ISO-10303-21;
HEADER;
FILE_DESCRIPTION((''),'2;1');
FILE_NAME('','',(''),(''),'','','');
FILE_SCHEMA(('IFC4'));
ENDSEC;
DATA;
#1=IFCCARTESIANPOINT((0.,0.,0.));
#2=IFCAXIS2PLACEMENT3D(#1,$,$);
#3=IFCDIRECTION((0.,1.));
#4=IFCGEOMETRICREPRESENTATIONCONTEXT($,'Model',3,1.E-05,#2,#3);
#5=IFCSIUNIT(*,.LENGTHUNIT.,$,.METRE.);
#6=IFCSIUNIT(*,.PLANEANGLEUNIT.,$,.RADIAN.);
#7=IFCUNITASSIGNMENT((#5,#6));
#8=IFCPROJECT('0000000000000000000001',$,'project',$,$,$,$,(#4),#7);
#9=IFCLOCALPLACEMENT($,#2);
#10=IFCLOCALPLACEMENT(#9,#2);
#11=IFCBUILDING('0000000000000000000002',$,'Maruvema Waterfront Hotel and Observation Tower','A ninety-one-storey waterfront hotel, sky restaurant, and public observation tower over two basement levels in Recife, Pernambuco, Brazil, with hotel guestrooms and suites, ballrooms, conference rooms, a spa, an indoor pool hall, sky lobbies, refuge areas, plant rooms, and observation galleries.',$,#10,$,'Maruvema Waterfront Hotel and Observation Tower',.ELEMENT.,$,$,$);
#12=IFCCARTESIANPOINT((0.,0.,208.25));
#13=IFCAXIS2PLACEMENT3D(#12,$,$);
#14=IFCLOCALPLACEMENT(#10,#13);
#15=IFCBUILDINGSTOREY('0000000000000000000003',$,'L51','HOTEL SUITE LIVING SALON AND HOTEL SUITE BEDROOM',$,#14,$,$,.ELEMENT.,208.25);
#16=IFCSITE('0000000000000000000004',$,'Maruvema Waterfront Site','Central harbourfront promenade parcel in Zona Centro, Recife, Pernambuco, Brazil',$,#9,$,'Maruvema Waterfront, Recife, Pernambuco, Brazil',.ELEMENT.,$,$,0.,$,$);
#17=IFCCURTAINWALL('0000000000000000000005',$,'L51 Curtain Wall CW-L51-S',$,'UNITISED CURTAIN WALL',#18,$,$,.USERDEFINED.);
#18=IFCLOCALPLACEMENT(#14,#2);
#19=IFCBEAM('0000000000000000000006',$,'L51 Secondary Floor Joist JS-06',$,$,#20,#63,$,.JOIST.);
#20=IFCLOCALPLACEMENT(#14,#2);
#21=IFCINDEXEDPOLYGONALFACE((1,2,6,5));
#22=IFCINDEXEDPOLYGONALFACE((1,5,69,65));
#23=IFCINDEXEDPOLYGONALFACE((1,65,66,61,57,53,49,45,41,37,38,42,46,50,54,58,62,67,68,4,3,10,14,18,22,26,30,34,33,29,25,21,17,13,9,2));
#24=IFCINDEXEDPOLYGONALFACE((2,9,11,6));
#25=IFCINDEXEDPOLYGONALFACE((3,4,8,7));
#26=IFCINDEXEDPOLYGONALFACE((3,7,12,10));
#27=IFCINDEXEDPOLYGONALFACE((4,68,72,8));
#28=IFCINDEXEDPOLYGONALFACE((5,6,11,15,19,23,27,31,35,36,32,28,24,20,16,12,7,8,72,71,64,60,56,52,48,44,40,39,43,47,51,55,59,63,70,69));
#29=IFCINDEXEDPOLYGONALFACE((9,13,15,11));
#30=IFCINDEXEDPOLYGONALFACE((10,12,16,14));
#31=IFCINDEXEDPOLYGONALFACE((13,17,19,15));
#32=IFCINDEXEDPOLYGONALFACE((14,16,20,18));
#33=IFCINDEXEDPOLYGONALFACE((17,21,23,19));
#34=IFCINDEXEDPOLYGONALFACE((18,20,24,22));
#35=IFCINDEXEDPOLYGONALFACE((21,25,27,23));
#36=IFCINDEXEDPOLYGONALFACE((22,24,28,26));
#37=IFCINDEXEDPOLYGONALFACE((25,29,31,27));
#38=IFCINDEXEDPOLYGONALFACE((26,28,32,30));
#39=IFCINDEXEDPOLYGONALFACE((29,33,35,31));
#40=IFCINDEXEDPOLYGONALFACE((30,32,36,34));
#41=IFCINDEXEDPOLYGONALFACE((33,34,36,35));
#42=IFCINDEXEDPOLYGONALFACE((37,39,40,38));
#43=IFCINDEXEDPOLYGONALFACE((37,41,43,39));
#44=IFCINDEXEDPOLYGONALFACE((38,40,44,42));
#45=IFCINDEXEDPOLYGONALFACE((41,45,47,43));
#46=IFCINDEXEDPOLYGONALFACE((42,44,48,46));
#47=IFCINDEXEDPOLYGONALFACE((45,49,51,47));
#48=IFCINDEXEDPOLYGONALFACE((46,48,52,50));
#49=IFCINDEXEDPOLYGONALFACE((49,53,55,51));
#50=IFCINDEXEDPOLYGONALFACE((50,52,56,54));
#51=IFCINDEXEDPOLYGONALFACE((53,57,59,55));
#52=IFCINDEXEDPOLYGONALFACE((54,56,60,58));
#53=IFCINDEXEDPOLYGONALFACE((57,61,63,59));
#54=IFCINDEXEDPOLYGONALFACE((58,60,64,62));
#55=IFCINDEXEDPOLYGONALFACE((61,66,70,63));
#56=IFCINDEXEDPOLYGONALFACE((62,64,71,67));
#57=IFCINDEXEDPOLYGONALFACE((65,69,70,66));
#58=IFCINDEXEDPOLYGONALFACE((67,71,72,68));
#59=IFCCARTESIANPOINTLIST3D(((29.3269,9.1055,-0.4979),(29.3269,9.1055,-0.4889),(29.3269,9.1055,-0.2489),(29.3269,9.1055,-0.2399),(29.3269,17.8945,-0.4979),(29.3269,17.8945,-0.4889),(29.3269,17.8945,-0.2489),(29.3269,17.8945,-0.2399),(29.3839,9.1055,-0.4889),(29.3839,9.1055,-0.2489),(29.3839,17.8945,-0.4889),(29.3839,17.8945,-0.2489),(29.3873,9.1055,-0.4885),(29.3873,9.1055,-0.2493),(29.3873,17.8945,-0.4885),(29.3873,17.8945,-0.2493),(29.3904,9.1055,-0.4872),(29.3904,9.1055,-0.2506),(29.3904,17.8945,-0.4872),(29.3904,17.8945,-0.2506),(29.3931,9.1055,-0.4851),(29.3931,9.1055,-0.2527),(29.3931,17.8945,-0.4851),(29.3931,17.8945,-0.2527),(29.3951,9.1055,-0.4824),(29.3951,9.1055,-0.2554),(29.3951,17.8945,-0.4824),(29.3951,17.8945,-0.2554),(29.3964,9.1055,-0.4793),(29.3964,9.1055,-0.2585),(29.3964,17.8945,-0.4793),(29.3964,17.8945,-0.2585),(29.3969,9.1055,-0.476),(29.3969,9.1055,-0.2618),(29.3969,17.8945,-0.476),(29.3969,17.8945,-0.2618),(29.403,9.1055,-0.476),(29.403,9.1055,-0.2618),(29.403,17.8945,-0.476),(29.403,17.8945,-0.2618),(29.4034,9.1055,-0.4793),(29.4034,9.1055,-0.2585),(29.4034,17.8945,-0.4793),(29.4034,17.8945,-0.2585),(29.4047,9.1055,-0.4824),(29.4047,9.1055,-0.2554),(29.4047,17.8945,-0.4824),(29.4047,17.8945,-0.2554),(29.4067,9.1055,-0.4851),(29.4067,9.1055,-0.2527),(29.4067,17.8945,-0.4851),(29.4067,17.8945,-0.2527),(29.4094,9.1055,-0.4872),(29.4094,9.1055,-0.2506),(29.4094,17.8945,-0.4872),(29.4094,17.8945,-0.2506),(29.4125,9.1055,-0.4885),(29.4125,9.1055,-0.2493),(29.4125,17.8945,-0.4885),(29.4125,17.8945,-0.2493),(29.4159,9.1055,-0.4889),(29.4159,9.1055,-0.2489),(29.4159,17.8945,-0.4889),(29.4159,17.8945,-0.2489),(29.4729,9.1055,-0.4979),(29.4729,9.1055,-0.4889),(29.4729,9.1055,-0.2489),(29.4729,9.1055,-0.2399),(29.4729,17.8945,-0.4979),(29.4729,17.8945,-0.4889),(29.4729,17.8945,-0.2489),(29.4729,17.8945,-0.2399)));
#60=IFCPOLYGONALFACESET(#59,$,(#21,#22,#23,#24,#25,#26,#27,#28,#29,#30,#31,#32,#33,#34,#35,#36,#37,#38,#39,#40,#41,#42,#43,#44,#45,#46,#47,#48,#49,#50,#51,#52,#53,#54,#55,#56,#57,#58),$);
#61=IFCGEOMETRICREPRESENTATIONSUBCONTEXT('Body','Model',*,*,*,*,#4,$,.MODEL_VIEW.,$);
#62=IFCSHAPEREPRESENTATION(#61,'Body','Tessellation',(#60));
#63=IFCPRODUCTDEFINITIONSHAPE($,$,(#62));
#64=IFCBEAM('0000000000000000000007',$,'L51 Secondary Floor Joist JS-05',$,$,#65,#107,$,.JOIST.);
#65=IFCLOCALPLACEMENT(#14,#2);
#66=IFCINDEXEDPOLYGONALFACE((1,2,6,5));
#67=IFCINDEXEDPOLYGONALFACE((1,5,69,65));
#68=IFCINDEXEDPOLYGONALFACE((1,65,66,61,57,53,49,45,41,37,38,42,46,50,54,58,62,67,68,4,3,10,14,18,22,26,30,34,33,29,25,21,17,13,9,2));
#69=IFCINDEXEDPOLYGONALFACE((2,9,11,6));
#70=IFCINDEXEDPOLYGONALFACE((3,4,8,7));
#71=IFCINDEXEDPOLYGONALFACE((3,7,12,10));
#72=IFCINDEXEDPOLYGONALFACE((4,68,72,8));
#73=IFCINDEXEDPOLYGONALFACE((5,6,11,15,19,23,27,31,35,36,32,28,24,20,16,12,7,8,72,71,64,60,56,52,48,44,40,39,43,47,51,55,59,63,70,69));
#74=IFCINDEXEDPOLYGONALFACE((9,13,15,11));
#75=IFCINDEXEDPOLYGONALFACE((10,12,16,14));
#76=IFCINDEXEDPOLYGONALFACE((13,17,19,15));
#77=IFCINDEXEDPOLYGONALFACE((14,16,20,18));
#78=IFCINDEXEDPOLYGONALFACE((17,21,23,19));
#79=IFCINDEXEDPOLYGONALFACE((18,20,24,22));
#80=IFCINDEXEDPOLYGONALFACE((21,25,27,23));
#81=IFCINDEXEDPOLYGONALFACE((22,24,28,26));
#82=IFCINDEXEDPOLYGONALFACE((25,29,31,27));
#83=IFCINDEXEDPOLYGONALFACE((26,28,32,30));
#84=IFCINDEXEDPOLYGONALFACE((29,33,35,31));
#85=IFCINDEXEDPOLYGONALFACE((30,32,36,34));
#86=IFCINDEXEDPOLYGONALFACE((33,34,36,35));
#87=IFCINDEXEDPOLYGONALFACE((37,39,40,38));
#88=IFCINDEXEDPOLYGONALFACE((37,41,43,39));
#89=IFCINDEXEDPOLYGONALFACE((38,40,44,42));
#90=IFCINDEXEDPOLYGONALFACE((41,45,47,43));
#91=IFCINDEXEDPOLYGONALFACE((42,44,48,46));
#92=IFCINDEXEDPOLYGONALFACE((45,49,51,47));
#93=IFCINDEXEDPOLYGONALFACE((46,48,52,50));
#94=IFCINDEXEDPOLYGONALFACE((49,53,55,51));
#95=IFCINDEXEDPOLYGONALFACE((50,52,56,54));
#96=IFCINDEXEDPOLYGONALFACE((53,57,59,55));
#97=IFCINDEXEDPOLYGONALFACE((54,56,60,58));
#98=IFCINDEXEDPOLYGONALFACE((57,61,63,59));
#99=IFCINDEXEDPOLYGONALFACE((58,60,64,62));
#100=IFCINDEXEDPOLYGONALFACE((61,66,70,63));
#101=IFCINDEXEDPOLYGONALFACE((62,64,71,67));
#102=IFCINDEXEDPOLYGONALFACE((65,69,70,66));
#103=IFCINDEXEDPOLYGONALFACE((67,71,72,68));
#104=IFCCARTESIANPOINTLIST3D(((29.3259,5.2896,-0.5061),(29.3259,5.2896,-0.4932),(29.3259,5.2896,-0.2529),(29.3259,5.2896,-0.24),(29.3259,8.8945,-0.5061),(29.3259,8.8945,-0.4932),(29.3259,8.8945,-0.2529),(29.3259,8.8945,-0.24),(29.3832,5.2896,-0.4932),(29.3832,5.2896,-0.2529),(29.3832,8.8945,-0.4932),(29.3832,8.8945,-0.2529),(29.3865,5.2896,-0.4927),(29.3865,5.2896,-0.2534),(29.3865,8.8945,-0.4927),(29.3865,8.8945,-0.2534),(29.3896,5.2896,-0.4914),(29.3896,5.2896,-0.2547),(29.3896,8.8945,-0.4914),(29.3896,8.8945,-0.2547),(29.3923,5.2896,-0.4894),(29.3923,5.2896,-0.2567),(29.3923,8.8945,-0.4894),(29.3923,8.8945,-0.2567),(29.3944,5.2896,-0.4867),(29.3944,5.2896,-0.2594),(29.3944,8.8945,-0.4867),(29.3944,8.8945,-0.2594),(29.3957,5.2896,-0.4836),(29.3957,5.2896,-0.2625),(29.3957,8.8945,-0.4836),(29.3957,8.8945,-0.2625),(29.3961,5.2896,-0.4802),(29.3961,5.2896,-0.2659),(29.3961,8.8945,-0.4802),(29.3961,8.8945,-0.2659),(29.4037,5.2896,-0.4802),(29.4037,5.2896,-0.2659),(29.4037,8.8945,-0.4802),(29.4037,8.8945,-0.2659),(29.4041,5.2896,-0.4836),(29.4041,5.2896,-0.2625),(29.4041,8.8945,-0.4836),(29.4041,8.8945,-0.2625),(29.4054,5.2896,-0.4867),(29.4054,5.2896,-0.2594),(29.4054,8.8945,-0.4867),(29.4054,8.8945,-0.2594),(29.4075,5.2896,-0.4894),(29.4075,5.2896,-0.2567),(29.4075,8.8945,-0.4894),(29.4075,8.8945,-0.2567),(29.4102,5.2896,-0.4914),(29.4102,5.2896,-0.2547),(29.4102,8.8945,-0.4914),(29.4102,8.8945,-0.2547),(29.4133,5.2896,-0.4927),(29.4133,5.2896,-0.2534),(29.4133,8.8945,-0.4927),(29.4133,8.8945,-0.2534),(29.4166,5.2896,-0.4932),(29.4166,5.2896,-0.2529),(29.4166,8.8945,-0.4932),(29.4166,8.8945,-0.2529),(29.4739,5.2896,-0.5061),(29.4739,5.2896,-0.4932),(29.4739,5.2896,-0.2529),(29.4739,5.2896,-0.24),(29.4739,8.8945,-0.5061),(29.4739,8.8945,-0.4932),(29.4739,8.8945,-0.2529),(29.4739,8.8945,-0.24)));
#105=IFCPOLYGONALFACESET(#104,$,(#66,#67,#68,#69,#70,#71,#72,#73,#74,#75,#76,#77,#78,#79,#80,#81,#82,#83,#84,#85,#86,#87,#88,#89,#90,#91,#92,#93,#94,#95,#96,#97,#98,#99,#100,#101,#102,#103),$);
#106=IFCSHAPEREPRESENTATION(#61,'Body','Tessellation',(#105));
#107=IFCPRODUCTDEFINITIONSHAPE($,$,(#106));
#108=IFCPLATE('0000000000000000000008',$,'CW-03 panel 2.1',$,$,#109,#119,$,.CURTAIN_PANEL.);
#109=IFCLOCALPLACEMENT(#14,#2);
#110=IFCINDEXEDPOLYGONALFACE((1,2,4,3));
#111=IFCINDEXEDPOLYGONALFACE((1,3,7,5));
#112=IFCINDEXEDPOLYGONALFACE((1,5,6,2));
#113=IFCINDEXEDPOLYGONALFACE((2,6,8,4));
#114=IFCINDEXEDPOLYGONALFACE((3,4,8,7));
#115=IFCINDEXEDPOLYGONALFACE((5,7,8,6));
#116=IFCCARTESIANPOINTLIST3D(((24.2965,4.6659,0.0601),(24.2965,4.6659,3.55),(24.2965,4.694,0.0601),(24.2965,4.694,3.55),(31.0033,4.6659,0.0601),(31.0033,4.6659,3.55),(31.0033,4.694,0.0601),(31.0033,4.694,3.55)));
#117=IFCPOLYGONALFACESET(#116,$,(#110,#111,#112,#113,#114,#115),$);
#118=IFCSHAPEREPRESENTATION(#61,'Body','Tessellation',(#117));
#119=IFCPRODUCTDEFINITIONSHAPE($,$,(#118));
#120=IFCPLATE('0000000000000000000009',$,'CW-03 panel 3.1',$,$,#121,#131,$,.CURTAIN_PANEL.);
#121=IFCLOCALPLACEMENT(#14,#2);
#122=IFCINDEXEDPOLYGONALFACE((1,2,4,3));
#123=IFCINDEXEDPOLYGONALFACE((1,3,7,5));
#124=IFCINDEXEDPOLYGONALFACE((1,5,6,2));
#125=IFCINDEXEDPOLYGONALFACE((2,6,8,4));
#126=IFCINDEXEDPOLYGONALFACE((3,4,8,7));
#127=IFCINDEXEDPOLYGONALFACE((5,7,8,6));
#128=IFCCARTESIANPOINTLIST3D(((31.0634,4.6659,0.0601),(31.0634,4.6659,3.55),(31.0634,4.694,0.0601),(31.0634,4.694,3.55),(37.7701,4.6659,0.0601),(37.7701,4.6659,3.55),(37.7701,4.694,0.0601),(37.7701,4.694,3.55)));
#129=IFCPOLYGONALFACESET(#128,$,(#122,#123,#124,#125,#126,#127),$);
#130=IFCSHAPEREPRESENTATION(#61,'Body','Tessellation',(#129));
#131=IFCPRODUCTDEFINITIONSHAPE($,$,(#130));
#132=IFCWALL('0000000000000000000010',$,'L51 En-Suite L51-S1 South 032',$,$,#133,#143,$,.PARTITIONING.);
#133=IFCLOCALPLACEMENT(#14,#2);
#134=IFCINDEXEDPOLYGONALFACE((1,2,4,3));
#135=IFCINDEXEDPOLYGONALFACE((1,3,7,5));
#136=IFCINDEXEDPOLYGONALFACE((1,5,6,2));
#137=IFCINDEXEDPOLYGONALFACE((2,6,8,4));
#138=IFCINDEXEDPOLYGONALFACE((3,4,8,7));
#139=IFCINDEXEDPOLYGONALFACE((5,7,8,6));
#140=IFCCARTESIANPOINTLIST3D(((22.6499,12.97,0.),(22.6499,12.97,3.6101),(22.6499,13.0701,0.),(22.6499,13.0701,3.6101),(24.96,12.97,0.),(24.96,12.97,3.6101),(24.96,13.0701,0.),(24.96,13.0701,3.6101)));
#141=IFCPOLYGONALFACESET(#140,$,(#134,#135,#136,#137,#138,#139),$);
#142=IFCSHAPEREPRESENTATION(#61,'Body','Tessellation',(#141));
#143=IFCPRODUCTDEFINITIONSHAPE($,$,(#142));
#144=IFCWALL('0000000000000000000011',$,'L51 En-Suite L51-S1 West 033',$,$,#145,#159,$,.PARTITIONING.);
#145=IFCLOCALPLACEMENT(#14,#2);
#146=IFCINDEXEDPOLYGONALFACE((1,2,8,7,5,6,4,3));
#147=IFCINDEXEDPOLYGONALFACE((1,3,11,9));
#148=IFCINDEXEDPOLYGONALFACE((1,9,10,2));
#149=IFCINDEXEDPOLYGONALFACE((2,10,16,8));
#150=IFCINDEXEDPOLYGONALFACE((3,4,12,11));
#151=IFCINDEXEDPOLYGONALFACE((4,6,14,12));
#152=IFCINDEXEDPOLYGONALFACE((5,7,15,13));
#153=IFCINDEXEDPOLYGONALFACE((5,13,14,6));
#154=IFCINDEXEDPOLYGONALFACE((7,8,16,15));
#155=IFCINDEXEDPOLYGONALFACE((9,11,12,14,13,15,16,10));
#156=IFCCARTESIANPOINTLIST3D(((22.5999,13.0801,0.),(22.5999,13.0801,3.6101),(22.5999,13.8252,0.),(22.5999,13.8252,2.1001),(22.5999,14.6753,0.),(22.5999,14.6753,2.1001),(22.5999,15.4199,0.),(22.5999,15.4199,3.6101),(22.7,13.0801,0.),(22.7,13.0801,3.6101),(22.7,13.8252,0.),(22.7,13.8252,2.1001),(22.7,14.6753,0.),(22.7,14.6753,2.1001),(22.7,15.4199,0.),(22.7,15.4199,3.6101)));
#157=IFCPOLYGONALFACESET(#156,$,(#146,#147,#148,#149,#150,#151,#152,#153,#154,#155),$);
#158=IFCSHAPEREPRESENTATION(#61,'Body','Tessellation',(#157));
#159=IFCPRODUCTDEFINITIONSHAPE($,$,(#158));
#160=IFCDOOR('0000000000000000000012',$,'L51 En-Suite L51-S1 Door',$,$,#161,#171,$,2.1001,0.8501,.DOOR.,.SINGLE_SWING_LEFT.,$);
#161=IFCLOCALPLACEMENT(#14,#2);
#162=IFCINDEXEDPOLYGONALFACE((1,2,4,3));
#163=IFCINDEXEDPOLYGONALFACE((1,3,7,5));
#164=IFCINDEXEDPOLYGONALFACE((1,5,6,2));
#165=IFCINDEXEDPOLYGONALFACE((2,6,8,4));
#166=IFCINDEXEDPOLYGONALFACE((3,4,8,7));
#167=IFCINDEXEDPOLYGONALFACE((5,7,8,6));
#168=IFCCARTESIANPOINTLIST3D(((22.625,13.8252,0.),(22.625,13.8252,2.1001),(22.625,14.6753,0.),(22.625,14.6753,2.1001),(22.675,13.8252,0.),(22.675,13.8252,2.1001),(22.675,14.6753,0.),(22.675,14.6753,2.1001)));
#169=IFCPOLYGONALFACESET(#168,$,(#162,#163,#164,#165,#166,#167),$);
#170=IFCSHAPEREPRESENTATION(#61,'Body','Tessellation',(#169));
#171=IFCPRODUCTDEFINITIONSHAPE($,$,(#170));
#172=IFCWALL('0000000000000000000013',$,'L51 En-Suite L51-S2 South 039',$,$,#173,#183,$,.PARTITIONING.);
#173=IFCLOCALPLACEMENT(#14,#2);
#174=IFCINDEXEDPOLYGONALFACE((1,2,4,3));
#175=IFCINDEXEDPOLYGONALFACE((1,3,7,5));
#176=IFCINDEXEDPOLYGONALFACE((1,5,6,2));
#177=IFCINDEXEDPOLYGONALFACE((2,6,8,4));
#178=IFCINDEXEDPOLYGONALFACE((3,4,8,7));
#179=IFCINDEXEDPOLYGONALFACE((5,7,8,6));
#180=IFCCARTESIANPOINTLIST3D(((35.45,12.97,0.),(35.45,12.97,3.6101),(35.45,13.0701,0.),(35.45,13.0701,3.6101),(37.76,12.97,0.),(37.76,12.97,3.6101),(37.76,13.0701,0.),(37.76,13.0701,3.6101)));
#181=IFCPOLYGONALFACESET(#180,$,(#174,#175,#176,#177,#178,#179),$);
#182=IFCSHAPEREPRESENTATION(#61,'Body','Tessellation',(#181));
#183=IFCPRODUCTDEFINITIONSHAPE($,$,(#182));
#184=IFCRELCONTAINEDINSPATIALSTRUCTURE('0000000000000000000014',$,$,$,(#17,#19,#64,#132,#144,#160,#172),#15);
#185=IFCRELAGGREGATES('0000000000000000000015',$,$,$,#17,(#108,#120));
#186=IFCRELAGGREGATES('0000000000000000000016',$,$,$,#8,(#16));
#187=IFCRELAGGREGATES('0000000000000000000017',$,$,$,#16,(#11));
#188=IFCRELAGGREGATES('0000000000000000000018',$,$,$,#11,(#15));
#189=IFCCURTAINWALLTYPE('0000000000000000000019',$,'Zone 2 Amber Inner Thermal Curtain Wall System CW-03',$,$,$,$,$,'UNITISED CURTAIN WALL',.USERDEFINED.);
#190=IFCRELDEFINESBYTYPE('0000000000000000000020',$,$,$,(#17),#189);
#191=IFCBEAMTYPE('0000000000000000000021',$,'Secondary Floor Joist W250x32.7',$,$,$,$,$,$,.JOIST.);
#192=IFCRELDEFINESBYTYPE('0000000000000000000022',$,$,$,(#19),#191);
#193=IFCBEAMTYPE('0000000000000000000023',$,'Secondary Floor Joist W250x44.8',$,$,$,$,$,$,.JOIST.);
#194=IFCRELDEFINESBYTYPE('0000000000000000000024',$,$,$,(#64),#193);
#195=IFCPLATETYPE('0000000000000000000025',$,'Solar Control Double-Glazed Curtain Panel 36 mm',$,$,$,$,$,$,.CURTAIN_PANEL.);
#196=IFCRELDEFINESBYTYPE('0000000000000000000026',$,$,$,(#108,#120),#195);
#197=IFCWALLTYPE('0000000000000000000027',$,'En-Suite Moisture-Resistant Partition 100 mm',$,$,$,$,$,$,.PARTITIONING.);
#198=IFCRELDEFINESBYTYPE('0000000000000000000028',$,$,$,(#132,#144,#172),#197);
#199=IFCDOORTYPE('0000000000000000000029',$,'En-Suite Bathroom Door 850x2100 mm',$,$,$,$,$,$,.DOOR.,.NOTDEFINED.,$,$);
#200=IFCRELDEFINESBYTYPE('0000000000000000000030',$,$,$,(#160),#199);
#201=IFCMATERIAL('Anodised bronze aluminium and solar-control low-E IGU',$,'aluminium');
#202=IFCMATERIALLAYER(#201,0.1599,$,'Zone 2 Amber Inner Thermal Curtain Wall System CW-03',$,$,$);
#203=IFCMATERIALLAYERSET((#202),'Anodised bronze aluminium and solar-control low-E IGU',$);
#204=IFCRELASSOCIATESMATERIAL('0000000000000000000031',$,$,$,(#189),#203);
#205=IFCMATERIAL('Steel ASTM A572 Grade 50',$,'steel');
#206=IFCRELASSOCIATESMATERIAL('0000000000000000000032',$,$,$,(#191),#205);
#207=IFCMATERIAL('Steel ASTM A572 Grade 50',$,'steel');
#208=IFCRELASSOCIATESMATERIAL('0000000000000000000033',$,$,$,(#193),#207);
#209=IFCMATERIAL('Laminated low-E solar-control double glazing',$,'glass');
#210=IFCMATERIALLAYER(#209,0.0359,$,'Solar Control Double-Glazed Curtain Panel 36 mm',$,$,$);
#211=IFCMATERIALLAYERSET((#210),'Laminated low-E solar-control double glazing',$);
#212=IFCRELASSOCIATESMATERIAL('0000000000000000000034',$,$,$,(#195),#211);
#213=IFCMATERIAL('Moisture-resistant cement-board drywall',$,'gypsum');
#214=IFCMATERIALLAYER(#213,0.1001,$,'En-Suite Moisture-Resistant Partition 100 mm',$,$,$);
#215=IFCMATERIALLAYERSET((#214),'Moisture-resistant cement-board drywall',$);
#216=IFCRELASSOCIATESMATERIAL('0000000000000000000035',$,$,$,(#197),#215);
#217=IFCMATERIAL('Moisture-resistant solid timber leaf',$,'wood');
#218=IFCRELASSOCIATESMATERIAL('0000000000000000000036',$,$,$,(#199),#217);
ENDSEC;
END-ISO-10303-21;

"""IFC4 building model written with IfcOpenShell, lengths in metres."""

from ifc_helpers import new_model, si_unit, direction, frame, frame_2d, origin, origin_2d, place, context, subcontext, project, spatial, rectangle, i_section, extrude, material, layer, layer_set, material_profile, profile_set, type_object, element, fill, aggregate, save


model = new_model("IFC4")

# Units and contexts
model_context = context("Model", 3, precision=1e-05, world=origin(), true_north=direction((0.0, 1.0)))
body_context = subcontext(model_context, "Body", "Model", "MODEL_VIEW")
ifc_project = project(units=[si_unit("LENGTHUNIT", "METRE"), si_unit("PLANEANGLEUNIT", "RADIAN")], contexts=[model_context])

# Site, building, storey
site_placement = place(None, origin())
site = spatial("IfcSite", under=ifc_project, at=site_placement, Name="Maruvema Waterfront Site", Description="Central harbourfront promenade parcel in Zona Centro, Recife, Pernambuco, Brazil", LongName="Maruvema Waterfront, Recife, Pernambuco, Brazil", CompositionType="ELEMENT", RefElevation=0.0)
building_placement = place(site_placement, origin())
building = spatial("IfcBuilding", under=site, at=building_placement, Name="Maruvema Waterfront Hotel and Observation Tower", Description="A ninety-one-storey waterfront hotel, sky restaurant, and public observation tower over two basement levels in Recife, Pernambuco, Brazil, with hotel guestrooms and suites, ballrooms, conference rooms, a spa, an indoor pool hall, sky lobbies, refuge areas, plant rooms, and observation galleries.", LongName="Maruvema Waterfront Hotel and Observation Tower", CompositionType="ELEMENT")
storey_placement = place(building_placement, frame((0.0, 0.0, 208.25)))
storey = spatial("IfcBuildingStorey", under=building, at=storey_placement, Name="L51", Description="HOTEL SUITE LIVING SALON AND HOTEL SUITE BEDROOM", CompositionType="ELEMENT", Elevation=208.25)

# Curtain wall
ifc_material_1 = material(Name="Anodised bronze aluminium and solar-control low-E IGU", Category="aluminium")
ifc_layer_1 = layer(ifc_material_1, 0.1599, Name="Zone 2 Amber Inner Thermal Curtain Wall System CW-03")
ifc_layer_set_1 = layer_set([ifc_layer_1], Name="Anodised bronze aluminium and solar-control low-E IGU")
curtain_wall_type = type_object("IfcCurtainWallType", Name="Zone 2 Amber Inner Thermal Curtain Wall System CW-03", ElementType="UNITISED CURTAIN WALL", PredefinedType="USERDEFINED", material=ifc_layer_set_1)
curtain_wall_placement = place(storey_placement, origin())
curtain_wall = element("IfcCurtainWall", 1, at=curtain_wall_placement, inside=storey, type_object=curtain_wall_type, Name="L51 Curtain Wall CW-L51-S", ObjectType="UNITISED CURTAIN WALL", PredefinedType="USERDEFINED")

# Beams
ifc_material_2 = material(Name="Steel ASTM A572 Grade 50", Category="steel")
ifc_material_profile_1 = material_profile(ifc_material_2, i_section(OverallWidth=0.146, OverallDepth=0.2581, WebThickness=0.0061, FlangeThickness=0.009, FilletRadius=0.0129, at=origin_2d()), Name="W250x32.7")
ifc_profile_set_1 = profile_set([ifc_material_profile_1], Name="Steel ASTM A572 Grade 50")
beam_type_1 = type_object("IfcBeamType", Name="Secondary Floor Joist W250x32.7", PredefinedType="JOIST", material=ifc_profile_set_1)
beam_1_placement = place(storey_placement, frame((29.3999, 9.1055, -0.3689), z_axis=(0.0, 1.0, 0.0), x_axis=(-1.0, 0.0, 0.0)))
element("IfcBeam", 2, at=beam_1_placement, inside=storey, type_object=beam_type_1, Name="L51 Secondary Floor Joist JS-06", PredefinedType="JOIST", context=body_context, shape_type="SweptSolid", body=[
    extrude(i_section(OverallWidth=0.146, OverallDepth=0.2581, WebThickness=0.0061, FlangeThickness=0.009, FilletRadius=0.0129, at=origin_2d()), origin(), (0.0, 0.0, 1.0), 8.7891),
])
ifc_material_3 = material(Name="Steel ASTM A572 Grade 50", Category="steel")
ifc_material_profile_2 = material_profile(ifc_material_3, i_section(OverallWidth=0.1479, OverallDepth=0.2661, WebThickness=0.0076, FlangeThickness=0.0129, FilletRadius=0.0129, at=origin_2d()), Name="W250x44.8")
ifc_profile_set_2 = profile_set([ifc_material_profile_2], Name="Steel ASTM A572 Grade 50")
beam_type_2 = type_object("IfcBeamType", Name="Secondary Floor Joist W250x44.8", PredefinedType="JOIST", material=ifc_profile_set_2)
beam_2_placement = place(storey_placement, frame((29.3999, 5.2896, -0.373), z_axis=(0.0, 1.0, 0.0), x_axis=(-1.0, 0.0, 0.0)))
element("IfcBeam", 3, at=beam_2_placement, inside=storey, type_object=beam_type_2, Name="L51 Secondary Floor Joist JS-05", PredefinedType="JOIST", context=body_context, shape_type="SweptSolid", body=[
    extrude(i_section(OverallWidth=0.1479, OverallDepth=0.2661, WebThickness=0.0076, FlangeThickness=0.0129, FilletRadius=0.0129, at=origin_2d()), origin(), (0.0, 0.0, 1.0), 3.605),
])

# Plates
ifc_material_4 = material(Name="Laminated low-E solar-control double glazing", Category="glass")
ifc_layer_2 = layer(ifc_material_4, 0.0359, Name="Solar Control Double-Glazed Curtain Panel 36 mm")
ifc_layer_set_2 = layer_set([ifc_layer_2], Name="Laminated low-E solar-control double glazing")
plate_type = type_object("IfcPlateType", Name="Solar Control Double-Glazed Curtain Panel 36 mm", PredefinedType="CURTAIN_PANEL", material=ifc_layer_set_2)
plate_1_placement = place(storey_placement, frame((27.6499, 4.6799, 0.0601), z_axis=(0.0, 0.0, 1.0), x_axis=(1.0, 0.0, 0.0)))
plate_1 = element("IfcPlate", 4, at=plate_1_placement, type_object=plate_type, Name="CW-03 panel 2.1", PredefinedType="CURTAIN_PANEL", context=body_context, shape_type="SweptSolid", body=[
    extrude(rectangle(XDim=6.7068, YDim=0.0281, at=origin_2d()), origin(), (0.0, 0.0, 1.0), 3.49),
])
plate_2_placement = place(storey_placement, frame((34.4167, 4.6799, 0.0601), z_axis=(0.0, 0.0, 1.0), x_axis=(1.0, 0.0, 0.0)))
plate_2 = element("IfcPlate", 5, at=plate_2_placement, type_object=plate_type, Name="CW-03 panel 3.1", PredefinedType="CURTAIN_PANEL", context=body_context, shape_type="SweptSolid", body=[
    extrude(rectangle(XDim=6.7068, YDim=0.0281, at=origin_2d()), origin(), (0.0, 0.0, 1.0), 3.49),
])
aggregate(curtain_wall, [plate_1, plate_2])

# Wall
ifc_material_5 = material(Name="Moisture-resistant cement-board drywall", Category="gypsum")
ifc_layer_3 = layer(ifc_material_5, 0.1001, Name="En-Suite Moisture-Resistant Partition 100 mm")
ifc_layer_set_3 = layer_set([ifc_layer_3], Name="Moisture-resistant cement-board drywall")
wall_type_1 = type_object("IfcWallType", Name="En-Suite Moisture-Resistant Partition 100 mm", PredefinedType="PARTITIONING", material=ifc_layer_set_3)
wall_1_placement = place(storey_placement, frame((22.6499, 13.02, 0.0), z_axis=(0.0, 0.0, 1.0), x_axis=(1.0, 0.0, 0.0)))
element("IfcWall", 6, at=wall_1_placement, inside=storey, type_object=wall_type_1, Name="L51 En-Suite L51-S1 South 032", PredefinedType="PARTITIONING", context=body_context, shape_type="SweptSolid", body=[
    extrude(rectangle(XDim=2.3101, YDim=0.1001, at=frame_2d((1.155, 0.0))), origin(), (0.0, 0.0, 1.0), 3.6101),
])

# Wall, opening, door
wall_2_placement = place(storey_placement, frame((22.6499, 13.0801, 0.0), z_axis=(0.0, 0.0, 1.0), x_axis=(0.0, 1.0, 0.0)))
wall_2 = element("IfcWall", 7, at=wall_2_placement, inside=storey, type_object=wall_type_1, Name="L51 En-Suite L51-S1 West 033", PredefinedType="PARTITIONING", context=body_context, shape_type="SweptSolid", body=[
    extrude(rectangle(XDim=2.3398, YDim=0.1001, at=frame_2d((1.1699, 0.0))), origin(), (0.0, 0.0, 1.0), 3.6101),
])
opening_1_placement = place(wall_2_placement, frame((0.7451, 0.0, 0.0)))
opening_1 = element("IfcOpeningElement", 8, at=opening_1_placement, cuts=wall_2, PredefinedType="OPENING", context=body_context, shape_type="SweptSolid", body=[
    extrude(rectangle(XDim=0.8501, YDim=2.1001, at=frame_2d((0.425, 1.05))), frame((0.0, 0.0601, 0.0), z_axis=(0.0, -1.0, 0.0), x_axis=(1.0, 0.0, 0.0)), (0.0, 0.0, 1.0), 0.1201),
])
ifc_material_6 = material(Name="Moisture-resistant solid timber leaf", Category="wood")
door_type_1 = type_object("IfcDoorType", Name="En-Suite Bathroom Door 850x2100 mm", OperationType="NOTDEFINED", PredefinedType="DOOR", material=ifc_material_6)
door_1_placement = place(opening_1_placement, origin())
door_1 = element("IfcDoor", 9, at=door_1_placement, inside=storey, type_object=door_type_1, Name="L51 En-Suite L51-S1 Door", OperationType="SINGLE_SWING_LEFT", OverallHeight=2.1001, OverallWidth=0.8501, PredefinedType="DOOR", context=body_context, shape_type="SweptSolid", body=[
    extrude(rectangle(XDim=0.8501, YDim=2.1001, at=frame_2d((0.425, 1.05))), frame((0.0, 0.0249, 0.0), z_axis=(0.0, -1.0, 0.0), x_axis=(1.0, 0.0, 0.0)), (0.0, 0.0, 1.0), 0.05),
])
fill(opening_1, door_1)

# Wall
wall_3_placement = place(storey_placement, frame((35.45, 13.02, 0.0), z_axis=(0.0, 0.0, 1.0), x_axis=(1.0, 0.0, 0.0)))
element("IfcWall", 10, at=wall_3_placement, inside=storey, type_object=wall_type_1, Name="L51 En-Suite L51-S2 South 039", PredefinedType="PARTITIONING", context=body_context, shape_type="SweptSolid", body=[
    extrude(rectangle(XDim=2.3101, YDim=0.1001, at=frame_2d((1.155, 0.0))), origin(), (0.0, 0.0, 1.0), 3.6101),
])

save(model, "model.ifc")
